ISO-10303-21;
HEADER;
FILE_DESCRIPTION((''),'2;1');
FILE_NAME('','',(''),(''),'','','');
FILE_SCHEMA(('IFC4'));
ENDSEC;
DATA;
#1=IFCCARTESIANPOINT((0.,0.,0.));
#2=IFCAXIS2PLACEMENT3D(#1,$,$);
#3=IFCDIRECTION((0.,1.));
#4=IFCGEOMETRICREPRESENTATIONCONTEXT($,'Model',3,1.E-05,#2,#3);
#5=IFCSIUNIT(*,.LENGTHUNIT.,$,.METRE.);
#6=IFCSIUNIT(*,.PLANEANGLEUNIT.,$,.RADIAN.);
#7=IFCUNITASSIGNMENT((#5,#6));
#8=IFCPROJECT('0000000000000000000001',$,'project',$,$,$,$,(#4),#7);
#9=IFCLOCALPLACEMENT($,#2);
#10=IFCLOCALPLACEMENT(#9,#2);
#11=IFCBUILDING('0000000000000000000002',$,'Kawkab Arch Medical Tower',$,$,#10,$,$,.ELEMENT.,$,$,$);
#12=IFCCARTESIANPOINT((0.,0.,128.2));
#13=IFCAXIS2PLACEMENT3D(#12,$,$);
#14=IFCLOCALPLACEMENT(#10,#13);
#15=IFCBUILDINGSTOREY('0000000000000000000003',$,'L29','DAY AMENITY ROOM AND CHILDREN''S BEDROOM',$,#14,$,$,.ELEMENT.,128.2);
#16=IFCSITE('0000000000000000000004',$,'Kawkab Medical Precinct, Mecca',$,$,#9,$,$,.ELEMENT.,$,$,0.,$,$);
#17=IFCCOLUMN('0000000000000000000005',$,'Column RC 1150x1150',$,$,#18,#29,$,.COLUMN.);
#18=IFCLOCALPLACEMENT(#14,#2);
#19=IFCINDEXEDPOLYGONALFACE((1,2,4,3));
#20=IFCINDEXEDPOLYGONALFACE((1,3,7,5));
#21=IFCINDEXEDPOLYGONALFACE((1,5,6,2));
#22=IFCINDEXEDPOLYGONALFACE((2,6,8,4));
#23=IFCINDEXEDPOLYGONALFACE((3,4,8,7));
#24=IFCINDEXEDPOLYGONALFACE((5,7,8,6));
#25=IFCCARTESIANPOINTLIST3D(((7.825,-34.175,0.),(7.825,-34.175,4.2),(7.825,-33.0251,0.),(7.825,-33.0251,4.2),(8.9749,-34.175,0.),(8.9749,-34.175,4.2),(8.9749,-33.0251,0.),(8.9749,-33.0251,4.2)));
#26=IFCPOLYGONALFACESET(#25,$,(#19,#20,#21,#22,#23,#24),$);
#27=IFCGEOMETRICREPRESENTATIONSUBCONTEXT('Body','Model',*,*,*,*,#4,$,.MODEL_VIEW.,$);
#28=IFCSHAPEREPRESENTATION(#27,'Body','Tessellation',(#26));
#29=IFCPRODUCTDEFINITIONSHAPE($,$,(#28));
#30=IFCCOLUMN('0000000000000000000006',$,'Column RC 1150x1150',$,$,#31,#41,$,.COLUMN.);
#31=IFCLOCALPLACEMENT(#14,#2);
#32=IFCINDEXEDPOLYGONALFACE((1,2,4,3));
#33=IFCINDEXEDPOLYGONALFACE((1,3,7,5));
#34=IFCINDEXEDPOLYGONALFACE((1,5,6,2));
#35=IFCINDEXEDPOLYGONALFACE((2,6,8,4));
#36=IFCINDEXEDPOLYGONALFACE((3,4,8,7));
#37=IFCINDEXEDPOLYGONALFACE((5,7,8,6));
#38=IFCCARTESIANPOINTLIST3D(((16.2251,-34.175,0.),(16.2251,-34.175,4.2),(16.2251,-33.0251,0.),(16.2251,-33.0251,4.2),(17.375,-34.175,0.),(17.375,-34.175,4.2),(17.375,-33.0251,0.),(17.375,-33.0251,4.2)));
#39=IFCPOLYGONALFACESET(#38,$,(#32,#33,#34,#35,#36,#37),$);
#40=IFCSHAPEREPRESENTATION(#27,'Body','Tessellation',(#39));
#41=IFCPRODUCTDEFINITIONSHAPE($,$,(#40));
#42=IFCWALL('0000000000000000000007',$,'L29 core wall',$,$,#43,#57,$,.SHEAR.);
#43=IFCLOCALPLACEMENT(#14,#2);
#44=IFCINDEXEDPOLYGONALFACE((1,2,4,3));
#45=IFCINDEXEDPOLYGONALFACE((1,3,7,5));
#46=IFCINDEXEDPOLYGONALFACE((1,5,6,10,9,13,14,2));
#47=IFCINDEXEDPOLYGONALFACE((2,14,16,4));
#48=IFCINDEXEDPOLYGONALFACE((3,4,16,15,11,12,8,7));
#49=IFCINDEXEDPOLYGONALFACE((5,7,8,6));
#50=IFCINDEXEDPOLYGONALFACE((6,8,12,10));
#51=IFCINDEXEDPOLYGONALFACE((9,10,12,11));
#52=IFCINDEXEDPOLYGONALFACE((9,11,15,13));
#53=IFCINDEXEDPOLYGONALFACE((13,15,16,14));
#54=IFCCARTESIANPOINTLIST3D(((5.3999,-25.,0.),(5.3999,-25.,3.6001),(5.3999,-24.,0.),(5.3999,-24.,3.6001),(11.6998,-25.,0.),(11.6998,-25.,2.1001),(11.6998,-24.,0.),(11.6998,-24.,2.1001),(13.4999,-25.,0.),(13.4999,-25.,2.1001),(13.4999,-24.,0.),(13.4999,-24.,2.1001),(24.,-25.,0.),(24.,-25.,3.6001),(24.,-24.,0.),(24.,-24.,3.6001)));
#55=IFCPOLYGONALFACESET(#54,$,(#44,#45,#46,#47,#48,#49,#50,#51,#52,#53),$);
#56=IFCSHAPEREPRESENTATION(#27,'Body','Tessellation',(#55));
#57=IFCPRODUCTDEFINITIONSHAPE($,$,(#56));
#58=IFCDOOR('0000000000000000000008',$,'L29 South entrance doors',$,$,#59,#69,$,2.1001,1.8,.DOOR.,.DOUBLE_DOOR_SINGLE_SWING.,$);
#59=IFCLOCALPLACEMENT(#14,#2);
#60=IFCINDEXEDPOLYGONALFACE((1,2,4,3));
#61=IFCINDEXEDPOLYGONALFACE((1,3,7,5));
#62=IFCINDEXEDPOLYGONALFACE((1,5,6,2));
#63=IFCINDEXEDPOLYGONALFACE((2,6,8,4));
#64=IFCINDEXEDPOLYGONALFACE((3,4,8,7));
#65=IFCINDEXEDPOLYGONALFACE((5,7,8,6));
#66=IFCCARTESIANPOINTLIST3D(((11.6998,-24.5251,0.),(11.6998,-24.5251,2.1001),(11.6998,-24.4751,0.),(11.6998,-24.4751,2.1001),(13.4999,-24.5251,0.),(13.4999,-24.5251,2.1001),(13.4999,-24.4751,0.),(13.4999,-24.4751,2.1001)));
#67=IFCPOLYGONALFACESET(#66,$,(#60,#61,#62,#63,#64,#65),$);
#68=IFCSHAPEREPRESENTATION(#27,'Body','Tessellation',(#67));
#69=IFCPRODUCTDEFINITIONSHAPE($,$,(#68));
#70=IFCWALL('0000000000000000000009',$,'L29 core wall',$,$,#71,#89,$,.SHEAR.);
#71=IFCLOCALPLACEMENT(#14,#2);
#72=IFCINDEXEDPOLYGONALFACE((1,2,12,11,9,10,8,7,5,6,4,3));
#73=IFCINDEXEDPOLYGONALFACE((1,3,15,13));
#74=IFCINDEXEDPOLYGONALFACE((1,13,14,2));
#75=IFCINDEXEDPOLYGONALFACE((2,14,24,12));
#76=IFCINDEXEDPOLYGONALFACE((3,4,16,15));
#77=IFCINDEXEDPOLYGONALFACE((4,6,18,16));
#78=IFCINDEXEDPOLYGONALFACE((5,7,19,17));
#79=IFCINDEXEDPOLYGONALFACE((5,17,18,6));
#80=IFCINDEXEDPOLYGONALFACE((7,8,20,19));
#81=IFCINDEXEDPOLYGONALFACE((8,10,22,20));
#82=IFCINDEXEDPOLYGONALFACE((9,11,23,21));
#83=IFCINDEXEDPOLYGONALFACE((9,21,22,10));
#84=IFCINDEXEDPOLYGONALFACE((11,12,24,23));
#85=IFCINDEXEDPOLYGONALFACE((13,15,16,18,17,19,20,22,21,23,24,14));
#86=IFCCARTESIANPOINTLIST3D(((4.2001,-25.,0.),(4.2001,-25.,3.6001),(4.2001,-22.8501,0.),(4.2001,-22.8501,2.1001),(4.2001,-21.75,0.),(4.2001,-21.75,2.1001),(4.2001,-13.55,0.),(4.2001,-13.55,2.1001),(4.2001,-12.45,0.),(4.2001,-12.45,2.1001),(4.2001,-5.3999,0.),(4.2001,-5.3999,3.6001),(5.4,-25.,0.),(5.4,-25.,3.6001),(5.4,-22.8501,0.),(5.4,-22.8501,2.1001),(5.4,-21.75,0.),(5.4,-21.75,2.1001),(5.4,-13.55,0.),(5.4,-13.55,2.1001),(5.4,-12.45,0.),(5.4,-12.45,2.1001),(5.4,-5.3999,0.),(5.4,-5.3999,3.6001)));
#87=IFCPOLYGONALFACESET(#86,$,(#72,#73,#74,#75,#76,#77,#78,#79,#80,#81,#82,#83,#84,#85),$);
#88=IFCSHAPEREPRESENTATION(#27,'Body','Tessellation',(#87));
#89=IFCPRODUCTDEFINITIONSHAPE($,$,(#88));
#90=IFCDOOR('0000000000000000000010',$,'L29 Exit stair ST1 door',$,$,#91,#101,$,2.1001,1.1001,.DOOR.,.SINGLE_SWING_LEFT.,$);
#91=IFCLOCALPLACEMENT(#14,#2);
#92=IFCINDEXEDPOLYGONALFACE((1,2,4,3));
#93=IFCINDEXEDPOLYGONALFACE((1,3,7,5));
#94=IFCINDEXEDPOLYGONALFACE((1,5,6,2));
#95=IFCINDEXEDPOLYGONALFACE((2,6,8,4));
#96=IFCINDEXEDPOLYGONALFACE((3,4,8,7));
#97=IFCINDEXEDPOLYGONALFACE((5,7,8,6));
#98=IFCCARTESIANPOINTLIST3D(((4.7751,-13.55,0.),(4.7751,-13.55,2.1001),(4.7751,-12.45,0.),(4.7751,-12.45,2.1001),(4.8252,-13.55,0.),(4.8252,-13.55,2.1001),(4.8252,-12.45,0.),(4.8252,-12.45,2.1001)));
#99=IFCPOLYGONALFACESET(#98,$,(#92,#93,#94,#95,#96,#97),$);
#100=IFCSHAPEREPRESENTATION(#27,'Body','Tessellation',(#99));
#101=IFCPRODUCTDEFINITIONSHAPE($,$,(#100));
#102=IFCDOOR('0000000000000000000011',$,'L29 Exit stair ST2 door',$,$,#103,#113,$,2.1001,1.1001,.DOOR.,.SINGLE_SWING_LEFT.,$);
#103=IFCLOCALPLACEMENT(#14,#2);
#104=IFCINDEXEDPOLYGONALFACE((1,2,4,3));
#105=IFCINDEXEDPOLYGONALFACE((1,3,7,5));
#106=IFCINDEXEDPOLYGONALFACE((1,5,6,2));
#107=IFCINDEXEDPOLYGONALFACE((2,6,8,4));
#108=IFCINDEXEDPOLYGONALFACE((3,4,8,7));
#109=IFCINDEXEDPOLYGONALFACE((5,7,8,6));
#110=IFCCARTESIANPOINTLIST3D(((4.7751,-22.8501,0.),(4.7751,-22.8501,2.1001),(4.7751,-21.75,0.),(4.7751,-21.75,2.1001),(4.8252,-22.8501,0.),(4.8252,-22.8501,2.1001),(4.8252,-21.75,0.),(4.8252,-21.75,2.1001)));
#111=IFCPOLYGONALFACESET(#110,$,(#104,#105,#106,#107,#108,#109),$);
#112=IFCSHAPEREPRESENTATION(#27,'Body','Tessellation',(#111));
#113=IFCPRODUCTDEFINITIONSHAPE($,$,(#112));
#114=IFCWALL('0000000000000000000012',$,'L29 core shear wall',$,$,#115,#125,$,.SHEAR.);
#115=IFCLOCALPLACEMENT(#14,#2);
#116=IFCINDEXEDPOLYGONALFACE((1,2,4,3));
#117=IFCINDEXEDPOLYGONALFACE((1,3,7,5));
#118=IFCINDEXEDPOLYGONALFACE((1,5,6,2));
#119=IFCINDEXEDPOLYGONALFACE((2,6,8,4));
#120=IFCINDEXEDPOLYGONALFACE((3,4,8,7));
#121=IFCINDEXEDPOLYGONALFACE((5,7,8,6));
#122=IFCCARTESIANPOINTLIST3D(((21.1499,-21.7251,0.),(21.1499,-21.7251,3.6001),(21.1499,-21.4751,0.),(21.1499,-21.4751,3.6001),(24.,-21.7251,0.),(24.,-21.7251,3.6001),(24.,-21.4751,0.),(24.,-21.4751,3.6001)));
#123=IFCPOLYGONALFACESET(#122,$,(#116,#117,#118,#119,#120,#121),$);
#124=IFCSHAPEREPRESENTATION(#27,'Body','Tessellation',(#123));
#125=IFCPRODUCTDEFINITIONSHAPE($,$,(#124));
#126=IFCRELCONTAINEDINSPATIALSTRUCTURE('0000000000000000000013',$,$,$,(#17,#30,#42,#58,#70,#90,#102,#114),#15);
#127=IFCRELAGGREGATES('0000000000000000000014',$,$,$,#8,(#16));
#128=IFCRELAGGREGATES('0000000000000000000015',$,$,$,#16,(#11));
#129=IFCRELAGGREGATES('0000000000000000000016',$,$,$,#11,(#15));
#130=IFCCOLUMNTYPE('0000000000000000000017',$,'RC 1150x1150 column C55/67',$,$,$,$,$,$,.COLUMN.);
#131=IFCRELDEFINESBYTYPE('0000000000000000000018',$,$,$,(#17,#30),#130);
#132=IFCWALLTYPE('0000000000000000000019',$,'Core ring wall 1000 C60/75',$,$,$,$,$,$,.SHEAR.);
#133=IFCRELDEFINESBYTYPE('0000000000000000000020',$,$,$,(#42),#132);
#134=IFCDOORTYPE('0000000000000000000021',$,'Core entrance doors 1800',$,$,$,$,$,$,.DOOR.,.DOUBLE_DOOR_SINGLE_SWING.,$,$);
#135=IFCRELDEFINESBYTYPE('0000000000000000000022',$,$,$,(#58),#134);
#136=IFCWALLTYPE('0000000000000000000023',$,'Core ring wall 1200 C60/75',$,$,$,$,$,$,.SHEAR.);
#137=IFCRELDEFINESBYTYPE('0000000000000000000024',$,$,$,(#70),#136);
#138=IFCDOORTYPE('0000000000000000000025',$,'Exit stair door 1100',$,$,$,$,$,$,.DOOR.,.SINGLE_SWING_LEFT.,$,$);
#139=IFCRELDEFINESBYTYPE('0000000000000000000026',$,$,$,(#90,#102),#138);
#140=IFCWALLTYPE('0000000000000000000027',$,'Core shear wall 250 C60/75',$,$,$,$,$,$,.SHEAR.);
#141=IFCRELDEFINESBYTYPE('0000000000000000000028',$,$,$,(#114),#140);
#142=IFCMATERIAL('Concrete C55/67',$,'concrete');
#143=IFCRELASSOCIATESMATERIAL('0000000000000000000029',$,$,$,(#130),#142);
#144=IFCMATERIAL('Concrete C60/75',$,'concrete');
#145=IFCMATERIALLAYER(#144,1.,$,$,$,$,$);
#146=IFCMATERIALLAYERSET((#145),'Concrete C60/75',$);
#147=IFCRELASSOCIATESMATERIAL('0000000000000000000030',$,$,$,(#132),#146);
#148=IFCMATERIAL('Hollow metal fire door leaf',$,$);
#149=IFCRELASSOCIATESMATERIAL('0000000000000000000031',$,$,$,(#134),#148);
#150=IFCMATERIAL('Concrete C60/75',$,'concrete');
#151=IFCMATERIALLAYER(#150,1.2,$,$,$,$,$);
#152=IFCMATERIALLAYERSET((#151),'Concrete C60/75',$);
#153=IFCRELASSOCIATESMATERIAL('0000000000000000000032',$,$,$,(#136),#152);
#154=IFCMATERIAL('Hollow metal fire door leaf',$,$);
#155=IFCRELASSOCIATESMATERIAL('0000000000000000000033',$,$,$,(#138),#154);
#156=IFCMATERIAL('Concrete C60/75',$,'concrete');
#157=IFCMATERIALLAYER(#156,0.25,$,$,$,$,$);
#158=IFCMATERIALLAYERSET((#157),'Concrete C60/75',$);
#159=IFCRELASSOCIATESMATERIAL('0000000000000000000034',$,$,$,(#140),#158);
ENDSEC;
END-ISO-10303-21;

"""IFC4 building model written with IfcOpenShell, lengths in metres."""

from ifc_helpers import new_model, si_unit, direction, frame, frame_2d, origin, origin_2d, place, context, subcontext, project, spatial, rectangle, extrude, material, layer, layer_set, material_profile, profile_set, type_object, element, fill, save


model = new_model("IFC4")

# Units and contexts
model_context = context("Model", 3, precision=1e-05, world=origin(), true_north=direction((0.0, 1.0)))
body_context = subcontext(model_context, "Body", "Model", "MODEL_VIEW")
ifc_project = project(units=[si_unit("LENGTHUNIT", "METRE"), si_unit("PLANEANGLEUNIT", "RADIAN")], contexts=[model_context])

# Site, building, storey
site_placement = place(None, origin())
site = spatial("IfcSite", under=ifc_project, at=site_placement, Name="Kawkab Medical Precinct, Mecca", CompositionType="ELEMENT", RefElevation=0.0)
building_placement = place(site_placement, origin())
building = spatial("IfcBuilding", under=site, at=building_placement, Name="Kawkab Arch Medical Tower", CompositionType="ELEMENT")
storey_placement = place(building_placement, frame((0.0, 0.0, 128.2)))
storey = spatial("IfcBuildingStorey", under=building, at=storey_placement, Name="L29", Description="DAY AMENITY ROOM AND CHILDREN'S BEDROOM", CompositionType="ELEMENT", Elevation=128.2)

# Columns
ifc_material_1 = material(Name="Concrete C55/67", Category="concrete")
ifc_material_profile = material_profile(ifc_material_1, rectangle(XDim=1.1499, YDim=1.1499, at=origin_2d()), Name="RC 1150x1150")
ifc_profile_set = profile_set([ifc_material_profile], Name="Concrete C55/67")
column_type = type_object("IfcColumnType", Name="RC 1150x1150 column C55/67", PredefinedType="COLUMN", material=ifc_profile_set)
for number, where, z_axis, x_axis, name in (
    (1, (8.3999, -33.6001, 0.0), (0.0, 0.0, 1.0), (1.0, 0.0, 0.0), "Column RC 1150x1150"),
    (2, (16.8, -33.6001, 0.0), (0.0, 0.0, 1.0), (1.0, 0.0, 0.0), "Column RC 1150x1150"),
):
    element("IfcColumn", number, at=place(storey_placement, frame(where, z_axis=z_axis, x_axis=x_axis)), inside=storey, type_object=column_type, Name=name, PredefinedType="COLUMN", context=body_context, shape_type="SweptSolid", body=[
        extrude(rectangle(XDim=1.1499, YDim=1.1499, at=origin_2d()), origin(), (0.0, 0.0, 1.0), 4.2),
    ])

# Wall, opening, door
ifc_material_2 = material(Name="Concrete C60/75", Category="concrete")
ifc_layer_1 = layer(ifc_material_2, 1.0)
ifc_layer_set_1 = layer_set([ifc_layer_1], Name="Concrete C60/75")
wall_type_1 = type_object("IfcWallType", Name="Core ring wall 1000 C60/75", PredefinedType="SHEAR", material=ifc_layer_set_1)
wall_1_placement = place(storey_placement, frame((5.3999, -24.5, 0.0), z_axis=(0.0, 0.0, 1.0), x_axis=(1.0, 0.0, 0.0)))
wall_1 = element("IfcWall", 3, at=wall_1_placement, inside=storey, type_object=wall_type_1, Name="L29 core wall", PredefinedType="SHEAR", context=body_context, shape_type="SweptSolid", body=[
    extrude(rectangle(XDim=18.6001, YDim=1.0, at=frame_2d((9.3, 0.0))), origin(), (0.0, 0.0, 1.0), 3.6001),
])
opening_1_placement = place(wall_1_placement, frame((6.3, 0.0, 0.0)))
opening_1 = element("IfcOpeningElement", 4, at=opening_1_placement, cuts=wall_1, PredefinedType="OPENING", context=body_context, shape_type="SweptSolid", body=[
    extrude(rectangle(XDim=1.8, YDim=2.1001, at=frame_2d((0.8999, 1.05))), frame((0.0, 0.51, 0.0), z_axis=(0.0, -1.0, 0.0), x_axis=(1.0, 0.0, 0.0)), (0.0, 0.0, 1.0), 1.02),
])
ifc_material_3 = material(Name="Hollow metal fire door leaf")
door_type_1 = type_object("IfcDoorType", Name="Core entrance doors 1800", OperationType="DOUBLE_DOOR_SINGLE_SWING", PredefinedType="DOOR", material=ifc_material_3)
door_1_placement = place(opening_1_placement, origin())
door_1 = element("IfcDoor", 5, at=door_1_placement, inside=storey, type_object=door_type_1, Name="L29 South entrance doors", OperationType="DOUBLE_DOOR_SINGLE_SWING", OverallHeight=2.1001, OverallWidth=1.8, PredefinedType="DOOR", context=body_context, shape_type="SweptSolid", body=[
    extrude(rectangle(XDim=1.8, YDim=2.1001, at=frame_2d((0.8999, 1.05))), frame((0.0, 0.0249, 0.0), z_axis=(0.0, -1.0, 0.0), x_axis=(1.0, 0.0, 0.0)), (0.0, 0.0, 1.0), 0.05),
])
fill(opening_1, door_1)

# Wall, openings, doors
ifc_material_4 = material(Name="Concrete C60/75", Category="concrete")
ifc_layer_2 = layer(ifc_material_4, 1.2)
ifc_layer_set_2 = layer_set([ifc_layer_2], Name="Concrete C60/75")
wall_type_2 = type_object("IfcWallType", Name="Core ring wall 1200 C60/75", PredefinedType="SHEAR", material=ifc_layer_set_2)
wall_2_placement = place(storey_placement, frame((4.8, -25.0, 0.0), z_axis=(0.0, 0.0, 1.0), x_axis=(0.0, 1.0, 0.0)))
wall_2 = element("IfcWall", 6, at=wall_2_placement, inside=storey, type_object=wall_type_2, Name="L29 core wall", PredefinedType="SHEAR", context=body_context, shape_type="SweptSolid", body=[
    extrude(rectangle(XDim=19.6001, YDim=1.2, at=frame_2d((9.8, 0.0))), origin(), (0.0, 0.0, 1.0), 3.6001),
])
opening_2_placement = place(wall_2_placement, frame((11.45, 0.0, 0.0)))
opening_2 = element("IfcOpeningElement", 7, at=opening_2_placement, cuts=wall_2, PredefinedType="OPENING", context=body_context, shape_type="SweptSolid", body=[
    extrude(rectangle(XDim=1.1001, YDim=2.1001, at=frame_2d((0.55, 1.05))), frame((0.0, 0.6099, 0.0), z_axis=(0.0, -1.0, 0.0), x_axis=(1.0, 0.0, 0.0)), (0.0, 0.0, 1.0), 1.22),
])
opening_3_placement = place(wall_2_placement, frame((2.1499, 0.0, 0.0)))
opening_3 = element("IfcOpeningElement", 8, at=opening_3_placement, cuts=wall_2, PredefinedType="OPENING", context=body_context, shape_type="SweptSolid", body=[
    extrude(rectangle(XDim=1.1001, YDim=2.1001, at=frame_2d((0.55, 1.05))), frame((0.0, 0.6099, 0.0), z_axis=(0.0, -1.0, 0.0), x_axis=(1.0, 0.0, 0.0)), (0.0, 0.0, 1.0), 1.22),
])
ifc_material_5 = material(Name="Hollow metal fire door leaf")
door_type_2 = type_object("IfcDoorType", Name="Exit stair door 1100", OperationType="SINGLE_SWING_LEFT", PredefinedType="DOOR", material=ifc_material_5)
door_2_placement = place(opening_2_placement, origin())
door_2 = element("IfcDoor", 9, at=door_2_placement, inside=storey, type_object=door_type_2, Name="L29 Exit stair ST1 door", OperationType="SINGLE_SWING_LEFT", OverallHeight=2.1001, OverallWidth=1.1001, PredefinedType="DOOR", context=body_context, shape_type="SweptSolid", body=[
    extrude(rectangle(XDim=1.1001, YDim=2.1001, at=frame_2d((0.55, 1.05))), frame((0.0, 0.0249, 0.0), z_axis=(0.0, -1.0, 0.0), x_axis=(1.0, 0.0, 0.0)), (0.0, 0.0, 1.0), 0.05),
])
fill(opening_2, door_2)
door_3_placement = place(opening_3_placement, origin())
door_3 = element("IfcDoor", 10, at=door_3_placement, inside=storey, type_object=door_type_2, Name="L29 Exit stair ST2 door", OperationType="SINGLE_SWING_LEFT", OverallHeight=2.1001, OverallWidth=1.1001, PredefinedType="DOOR", context=body_context, shape_type="SweptSolid", body=[
    extrude(rectangle(XDim=1.1001, YDim=2.1001, at=frame_2d((0.55, 1.05))), frame((0.0, 0.0249, 0.0), z_axis=(0.0, -1.0, 0.0), x_axis=(1.0, 0.0, 0.0)), (0.0, 0.0, 1.0), 0.05),
])
fill(opening_3, door_3)

# Wall
ifc_material_6 = material(Name="Concrete C60/75", Category="concrete")
ifc_layer_3 = layer(ifc_material_6, 0.25)
ifc_layer_set_3 = layer_set([ifc_layer_3], Name="Concrete C60/75")
wall_type_3 = type_object("IfcWallType", Name="Core shear wall 250 C60/75", PredefinedType="SHEAR", material=ifc_layer_set_3)
wall_3_placement = place(storey_placement, frame((21.1499, -21.6001, 0.0), z_axis=(0.0, 0.0, 1.0), x_axis=(1.0, 0.0, 0.0)))
element("IfcWall", 11, at=wall_3_placement, inside=storey, type_object=wall_type_3, Name="L29 core shear wall", PredefinedType="SHEAR", context=body_context, shape_type="SweptSolid", body=[
    extrude(rectangle(XDim=2.8501, YDim=0.25, at=frame_2d((1.425, 0.0))), origin(), (0.0, 0.0, 1.0), 3.6001),
])

save(model, "model.ifc")
